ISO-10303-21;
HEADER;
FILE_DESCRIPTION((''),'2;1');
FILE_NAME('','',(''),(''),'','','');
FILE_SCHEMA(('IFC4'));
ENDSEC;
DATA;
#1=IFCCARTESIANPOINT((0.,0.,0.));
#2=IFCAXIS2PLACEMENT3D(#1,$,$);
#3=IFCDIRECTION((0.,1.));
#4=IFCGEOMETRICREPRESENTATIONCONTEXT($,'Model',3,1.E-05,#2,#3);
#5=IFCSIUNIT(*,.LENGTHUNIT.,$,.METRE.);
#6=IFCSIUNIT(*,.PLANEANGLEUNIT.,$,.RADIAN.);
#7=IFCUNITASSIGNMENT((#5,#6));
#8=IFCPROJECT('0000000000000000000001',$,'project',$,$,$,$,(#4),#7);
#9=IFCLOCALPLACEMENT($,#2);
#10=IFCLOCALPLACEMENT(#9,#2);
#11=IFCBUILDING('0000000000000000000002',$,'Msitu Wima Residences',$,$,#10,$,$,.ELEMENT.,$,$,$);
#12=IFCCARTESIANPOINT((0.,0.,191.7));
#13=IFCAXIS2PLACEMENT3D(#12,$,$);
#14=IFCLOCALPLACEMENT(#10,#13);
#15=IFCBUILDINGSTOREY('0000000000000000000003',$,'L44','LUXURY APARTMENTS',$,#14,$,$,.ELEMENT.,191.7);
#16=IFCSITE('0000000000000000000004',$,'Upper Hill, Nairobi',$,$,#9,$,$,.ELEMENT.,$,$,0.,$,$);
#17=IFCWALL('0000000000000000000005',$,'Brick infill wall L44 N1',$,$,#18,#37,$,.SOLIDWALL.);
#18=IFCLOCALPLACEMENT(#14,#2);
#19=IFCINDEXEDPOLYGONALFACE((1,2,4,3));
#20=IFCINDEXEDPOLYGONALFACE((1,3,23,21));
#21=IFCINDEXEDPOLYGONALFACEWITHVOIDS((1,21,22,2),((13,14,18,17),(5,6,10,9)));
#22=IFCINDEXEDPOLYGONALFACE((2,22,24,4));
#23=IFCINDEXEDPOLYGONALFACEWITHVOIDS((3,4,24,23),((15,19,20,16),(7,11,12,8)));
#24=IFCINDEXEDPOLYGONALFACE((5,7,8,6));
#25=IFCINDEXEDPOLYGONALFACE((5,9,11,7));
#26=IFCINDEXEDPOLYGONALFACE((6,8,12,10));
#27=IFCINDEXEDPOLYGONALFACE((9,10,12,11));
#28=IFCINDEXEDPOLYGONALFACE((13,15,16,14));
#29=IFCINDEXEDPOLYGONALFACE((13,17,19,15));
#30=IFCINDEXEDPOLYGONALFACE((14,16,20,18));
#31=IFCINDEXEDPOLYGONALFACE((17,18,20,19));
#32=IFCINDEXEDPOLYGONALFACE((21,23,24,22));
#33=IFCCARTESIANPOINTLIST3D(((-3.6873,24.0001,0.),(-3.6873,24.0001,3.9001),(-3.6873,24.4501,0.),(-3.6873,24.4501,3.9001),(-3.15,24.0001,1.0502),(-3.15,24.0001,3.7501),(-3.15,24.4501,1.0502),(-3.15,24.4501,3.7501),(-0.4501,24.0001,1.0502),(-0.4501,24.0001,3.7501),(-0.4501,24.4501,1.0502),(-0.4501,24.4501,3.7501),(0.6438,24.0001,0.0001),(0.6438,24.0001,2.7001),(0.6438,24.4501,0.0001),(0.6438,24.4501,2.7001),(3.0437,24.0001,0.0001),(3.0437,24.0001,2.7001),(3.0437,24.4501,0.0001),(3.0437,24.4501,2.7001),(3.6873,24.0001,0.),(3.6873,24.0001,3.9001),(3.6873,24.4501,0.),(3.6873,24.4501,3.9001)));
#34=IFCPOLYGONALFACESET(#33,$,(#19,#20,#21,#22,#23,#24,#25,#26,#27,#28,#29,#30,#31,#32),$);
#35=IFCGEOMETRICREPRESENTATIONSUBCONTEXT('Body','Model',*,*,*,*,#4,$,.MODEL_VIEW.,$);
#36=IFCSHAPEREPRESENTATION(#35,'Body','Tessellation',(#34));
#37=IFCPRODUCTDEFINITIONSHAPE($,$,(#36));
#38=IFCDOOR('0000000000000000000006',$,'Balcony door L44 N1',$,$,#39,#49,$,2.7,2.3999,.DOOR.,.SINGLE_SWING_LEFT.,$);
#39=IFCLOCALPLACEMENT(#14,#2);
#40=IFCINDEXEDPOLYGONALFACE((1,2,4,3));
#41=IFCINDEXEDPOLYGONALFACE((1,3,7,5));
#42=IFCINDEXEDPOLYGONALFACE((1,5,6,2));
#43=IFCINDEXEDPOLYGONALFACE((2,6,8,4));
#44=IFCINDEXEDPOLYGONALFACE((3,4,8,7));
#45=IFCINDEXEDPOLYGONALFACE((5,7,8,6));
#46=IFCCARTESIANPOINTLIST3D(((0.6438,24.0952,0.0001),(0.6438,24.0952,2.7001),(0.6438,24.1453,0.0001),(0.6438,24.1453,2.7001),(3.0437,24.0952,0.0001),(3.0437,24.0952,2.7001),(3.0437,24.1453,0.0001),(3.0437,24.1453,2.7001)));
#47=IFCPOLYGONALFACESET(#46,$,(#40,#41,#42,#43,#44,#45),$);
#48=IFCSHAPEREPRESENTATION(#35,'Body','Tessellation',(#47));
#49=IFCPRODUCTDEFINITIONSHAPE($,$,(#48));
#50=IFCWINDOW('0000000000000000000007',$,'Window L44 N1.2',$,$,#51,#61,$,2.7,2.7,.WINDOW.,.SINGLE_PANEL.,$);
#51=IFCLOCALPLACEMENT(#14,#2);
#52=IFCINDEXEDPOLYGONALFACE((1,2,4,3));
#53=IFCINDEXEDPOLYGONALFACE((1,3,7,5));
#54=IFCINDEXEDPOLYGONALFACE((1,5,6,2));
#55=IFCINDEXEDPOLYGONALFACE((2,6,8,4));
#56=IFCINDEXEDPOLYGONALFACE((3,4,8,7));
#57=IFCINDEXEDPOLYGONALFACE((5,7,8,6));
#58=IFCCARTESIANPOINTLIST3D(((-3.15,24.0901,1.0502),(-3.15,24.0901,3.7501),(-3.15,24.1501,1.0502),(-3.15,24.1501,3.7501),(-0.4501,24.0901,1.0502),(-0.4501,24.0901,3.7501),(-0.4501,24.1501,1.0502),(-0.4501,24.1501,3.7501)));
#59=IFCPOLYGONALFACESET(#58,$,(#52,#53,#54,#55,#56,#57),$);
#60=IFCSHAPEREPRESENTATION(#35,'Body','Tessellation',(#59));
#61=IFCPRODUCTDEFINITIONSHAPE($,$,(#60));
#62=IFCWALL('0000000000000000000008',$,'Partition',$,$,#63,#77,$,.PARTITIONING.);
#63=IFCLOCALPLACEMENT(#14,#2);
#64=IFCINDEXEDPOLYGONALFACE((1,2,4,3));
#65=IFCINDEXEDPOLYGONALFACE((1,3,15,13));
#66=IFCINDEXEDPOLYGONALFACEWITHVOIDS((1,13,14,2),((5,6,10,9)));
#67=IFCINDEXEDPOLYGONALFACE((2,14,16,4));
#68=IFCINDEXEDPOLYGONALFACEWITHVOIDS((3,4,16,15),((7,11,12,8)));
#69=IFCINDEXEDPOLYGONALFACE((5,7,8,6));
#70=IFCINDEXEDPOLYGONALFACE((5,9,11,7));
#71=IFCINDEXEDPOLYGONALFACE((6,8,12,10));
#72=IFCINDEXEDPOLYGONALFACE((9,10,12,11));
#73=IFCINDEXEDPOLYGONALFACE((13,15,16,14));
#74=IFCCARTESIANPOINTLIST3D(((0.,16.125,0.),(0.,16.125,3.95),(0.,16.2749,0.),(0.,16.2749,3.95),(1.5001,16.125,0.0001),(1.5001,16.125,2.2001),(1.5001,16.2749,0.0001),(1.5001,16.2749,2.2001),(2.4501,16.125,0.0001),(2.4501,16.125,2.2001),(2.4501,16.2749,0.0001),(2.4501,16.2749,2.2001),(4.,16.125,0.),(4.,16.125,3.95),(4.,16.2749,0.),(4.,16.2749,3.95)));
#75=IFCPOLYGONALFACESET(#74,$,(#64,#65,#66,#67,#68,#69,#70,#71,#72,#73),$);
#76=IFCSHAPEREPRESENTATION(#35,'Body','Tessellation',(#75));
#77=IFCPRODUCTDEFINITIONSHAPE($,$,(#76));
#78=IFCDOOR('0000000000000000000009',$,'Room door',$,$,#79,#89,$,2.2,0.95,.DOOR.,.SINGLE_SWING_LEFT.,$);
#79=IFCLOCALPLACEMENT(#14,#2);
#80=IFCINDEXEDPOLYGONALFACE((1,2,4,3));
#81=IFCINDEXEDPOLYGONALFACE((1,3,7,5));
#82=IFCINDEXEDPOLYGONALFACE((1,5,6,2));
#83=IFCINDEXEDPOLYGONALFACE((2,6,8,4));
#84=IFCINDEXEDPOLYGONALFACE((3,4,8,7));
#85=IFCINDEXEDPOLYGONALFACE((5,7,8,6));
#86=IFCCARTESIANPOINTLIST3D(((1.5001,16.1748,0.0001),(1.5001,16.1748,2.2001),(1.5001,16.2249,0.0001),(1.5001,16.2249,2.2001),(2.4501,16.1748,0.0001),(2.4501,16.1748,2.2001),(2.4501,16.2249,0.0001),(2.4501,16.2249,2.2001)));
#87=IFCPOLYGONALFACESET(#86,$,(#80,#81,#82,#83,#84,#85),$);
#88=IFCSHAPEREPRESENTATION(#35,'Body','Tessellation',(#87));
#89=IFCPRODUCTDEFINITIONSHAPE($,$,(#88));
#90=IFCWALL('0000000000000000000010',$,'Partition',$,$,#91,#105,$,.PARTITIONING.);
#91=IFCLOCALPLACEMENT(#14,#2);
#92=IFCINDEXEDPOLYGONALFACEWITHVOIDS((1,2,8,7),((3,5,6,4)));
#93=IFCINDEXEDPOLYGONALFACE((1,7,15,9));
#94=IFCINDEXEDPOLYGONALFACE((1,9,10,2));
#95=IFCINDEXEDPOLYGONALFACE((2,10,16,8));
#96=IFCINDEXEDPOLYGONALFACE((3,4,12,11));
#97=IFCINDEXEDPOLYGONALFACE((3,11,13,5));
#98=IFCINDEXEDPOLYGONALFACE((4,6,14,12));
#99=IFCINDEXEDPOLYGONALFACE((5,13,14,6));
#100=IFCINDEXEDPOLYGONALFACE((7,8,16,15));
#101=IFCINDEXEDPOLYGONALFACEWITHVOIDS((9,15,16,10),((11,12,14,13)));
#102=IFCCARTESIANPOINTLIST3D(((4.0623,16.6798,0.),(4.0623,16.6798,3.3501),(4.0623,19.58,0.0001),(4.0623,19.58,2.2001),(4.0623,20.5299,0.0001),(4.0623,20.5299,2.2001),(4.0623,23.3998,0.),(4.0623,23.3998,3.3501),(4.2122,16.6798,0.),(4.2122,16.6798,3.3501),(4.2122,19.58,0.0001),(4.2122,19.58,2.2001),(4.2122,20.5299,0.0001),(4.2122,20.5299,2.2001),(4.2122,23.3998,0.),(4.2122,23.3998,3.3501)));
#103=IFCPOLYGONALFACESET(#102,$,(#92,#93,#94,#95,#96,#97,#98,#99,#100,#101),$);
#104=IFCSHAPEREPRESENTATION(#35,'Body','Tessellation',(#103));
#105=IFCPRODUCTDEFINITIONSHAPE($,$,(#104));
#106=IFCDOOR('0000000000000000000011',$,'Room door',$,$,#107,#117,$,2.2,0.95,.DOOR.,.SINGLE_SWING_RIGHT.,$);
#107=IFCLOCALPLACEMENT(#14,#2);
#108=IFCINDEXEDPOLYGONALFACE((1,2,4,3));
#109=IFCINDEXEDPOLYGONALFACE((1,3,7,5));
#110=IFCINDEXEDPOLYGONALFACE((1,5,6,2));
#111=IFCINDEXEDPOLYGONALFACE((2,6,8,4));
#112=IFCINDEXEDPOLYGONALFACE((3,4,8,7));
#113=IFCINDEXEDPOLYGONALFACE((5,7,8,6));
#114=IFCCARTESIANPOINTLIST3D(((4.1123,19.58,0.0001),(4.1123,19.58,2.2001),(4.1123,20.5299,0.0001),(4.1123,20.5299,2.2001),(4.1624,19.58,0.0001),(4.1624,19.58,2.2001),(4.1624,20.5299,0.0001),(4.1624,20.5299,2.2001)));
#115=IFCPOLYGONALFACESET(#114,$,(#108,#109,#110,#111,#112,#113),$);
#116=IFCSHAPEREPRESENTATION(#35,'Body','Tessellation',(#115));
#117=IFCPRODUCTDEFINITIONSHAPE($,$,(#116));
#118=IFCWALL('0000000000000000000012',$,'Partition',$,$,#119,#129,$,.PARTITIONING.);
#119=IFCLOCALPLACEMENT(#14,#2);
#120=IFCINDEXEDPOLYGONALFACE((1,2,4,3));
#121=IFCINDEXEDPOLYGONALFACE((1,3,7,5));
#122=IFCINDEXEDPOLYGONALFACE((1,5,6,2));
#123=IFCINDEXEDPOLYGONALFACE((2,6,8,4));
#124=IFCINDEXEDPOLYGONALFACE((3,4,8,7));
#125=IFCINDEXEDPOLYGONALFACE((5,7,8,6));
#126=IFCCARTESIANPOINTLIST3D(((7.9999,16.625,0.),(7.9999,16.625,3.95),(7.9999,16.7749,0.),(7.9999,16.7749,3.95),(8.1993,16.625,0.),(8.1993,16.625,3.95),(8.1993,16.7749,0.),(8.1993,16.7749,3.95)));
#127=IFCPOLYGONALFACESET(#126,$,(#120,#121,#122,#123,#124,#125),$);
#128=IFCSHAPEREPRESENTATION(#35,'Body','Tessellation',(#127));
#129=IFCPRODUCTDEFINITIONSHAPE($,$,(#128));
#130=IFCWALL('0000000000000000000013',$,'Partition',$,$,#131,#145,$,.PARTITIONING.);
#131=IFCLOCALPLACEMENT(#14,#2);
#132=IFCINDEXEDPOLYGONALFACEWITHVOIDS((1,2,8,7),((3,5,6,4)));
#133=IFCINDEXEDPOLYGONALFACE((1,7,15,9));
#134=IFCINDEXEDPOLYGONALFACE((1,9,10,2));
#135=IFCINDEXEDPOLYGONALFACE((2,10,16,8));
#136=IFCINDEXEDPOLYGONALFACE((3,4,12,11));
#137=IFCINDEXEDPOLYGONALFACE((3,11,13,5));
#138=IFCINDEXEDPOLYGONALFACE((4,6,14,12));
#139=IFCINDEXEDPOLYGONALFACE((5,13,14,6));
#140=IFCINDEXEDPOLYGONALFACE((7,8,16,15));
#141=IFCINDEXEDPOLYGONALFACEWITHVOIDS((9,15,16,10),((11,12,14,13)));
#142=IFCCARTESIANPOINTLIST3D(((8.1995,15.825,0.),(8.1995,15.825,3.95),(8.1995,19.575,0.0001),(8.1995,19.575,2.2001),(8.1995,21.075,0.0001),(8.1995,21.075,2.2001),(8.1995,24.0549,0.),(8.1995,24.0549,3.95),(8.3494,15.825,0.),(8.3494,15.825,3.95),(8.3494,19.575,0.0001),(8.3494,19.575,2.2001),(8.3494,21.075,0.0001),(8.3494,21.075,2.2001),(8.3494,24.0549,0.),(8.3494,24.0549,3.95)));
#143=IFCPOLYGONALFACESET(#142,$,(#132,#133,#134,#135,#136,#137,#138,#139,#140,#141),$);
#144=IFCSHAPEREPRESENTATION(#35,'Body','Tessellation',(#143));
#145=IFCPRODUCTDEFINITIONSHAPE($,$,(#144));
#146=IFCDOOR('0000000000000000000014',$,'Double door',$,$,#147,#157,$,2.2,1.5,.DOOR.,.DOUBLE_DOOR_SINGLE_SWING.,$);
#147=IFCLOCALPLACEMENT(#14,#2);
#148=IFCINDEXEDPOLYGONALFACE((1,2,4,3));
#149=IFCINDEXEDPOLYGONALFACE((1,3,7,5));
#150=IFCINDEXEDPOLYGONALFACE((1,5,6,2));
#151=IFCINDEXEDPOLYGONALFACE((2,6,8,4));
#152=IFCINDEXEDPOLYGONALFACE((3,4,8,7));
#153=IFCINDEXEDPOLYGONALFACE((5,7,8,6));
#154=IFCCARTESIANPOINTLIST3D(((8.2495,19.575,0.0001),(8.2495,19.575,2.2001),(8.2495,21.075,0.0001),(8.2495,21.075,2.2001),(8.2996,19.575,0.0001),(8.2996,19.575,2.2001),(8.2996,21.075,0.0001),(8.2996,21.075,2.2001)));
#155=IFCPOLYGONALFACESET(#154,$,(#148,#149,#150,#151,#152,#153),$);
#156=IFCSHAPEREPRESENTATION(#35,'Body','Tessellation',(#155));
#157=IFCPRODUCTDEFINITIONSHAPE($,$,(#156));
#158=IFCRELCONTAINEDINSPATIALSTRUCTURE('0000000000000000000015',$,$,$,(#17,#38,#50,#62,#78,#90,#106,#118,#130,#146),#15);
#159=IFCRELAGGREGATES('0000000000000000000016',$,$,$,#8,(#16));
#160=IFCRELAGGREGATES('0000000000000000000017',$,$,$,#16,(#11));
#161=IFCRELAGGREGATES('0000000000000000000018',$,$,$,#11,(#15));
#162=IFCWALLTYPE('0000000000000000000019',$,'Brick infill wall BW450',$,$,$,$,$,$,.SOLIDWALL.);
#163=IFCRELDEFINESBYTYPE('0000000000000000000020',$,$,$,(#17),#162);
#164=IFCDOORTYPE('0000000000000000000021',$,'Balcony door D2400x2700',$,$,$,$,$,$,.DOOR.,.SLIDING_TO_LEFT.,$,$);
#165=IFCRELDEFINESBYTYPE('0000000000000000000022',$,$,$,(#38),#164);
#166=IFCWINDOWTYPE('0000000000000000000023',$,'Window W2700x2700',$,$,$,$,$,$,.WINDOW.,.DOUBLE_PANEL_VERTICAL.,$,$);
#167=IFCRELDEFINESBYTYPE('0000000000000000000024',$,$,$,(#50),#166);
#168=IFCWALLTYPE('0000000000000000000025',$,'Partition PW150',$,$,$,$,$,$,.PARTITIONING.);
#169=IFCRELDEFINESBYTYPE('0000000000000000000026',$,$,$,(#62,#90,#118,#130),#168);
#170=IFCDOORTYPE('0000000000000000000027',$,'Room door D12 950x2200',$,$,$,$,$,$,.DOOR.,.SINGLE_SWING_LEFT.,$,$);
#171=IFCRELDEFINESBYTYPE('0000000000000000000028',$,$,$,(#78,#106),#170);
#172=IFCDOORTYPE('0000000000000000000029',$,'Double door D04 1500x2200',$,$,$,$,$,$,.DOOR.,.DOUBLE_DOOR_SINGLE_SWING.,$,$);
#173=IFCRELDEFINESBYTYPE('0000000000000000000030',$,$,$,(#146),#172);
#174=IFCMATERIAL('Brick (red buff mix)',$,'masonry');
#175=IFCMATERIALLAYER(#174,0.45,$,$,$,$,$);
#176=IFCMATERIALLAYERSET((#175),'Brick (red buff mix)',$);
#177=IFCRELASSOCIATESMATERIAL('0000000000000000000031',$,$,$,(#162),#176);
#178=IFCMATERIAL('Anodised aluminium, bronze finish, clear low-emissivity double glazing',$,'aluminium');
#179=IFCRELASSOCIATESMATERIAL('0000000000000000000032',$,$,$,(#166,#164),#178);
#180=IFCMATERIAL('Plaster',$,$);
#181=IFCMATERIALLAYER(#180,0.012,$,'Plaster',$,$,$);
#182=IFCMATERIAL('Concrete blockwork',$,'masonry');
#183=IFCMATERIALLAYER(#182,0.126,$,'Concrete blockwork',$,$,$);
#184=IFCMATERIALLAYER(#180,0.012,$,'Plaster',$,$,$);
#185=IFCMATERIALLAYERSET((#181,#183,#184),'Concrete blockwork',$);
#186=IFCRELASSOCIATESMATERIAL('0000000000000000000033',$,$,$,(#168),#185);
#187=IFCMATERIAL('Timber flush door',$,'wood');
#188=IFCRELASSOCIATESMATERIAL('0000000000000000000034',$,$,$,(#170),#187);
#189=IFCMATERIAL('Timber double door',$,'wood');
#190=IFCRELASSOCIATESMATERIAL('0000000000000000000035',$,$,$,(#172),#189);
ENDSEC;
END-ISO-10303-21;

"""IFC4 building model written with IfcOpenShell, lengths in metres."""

from ifc_helpers import new_model, si_unit, direction, frame, frame_2d, origin, place, context, subcontext, project, spatial, rectangle, extrude, material, layer, layer_set, type_object, element, fill, save


model = new_model("IFC4")

# Units and contexts
model_context = context("Model", 3, precision=1e-05, world=origin(), true_north=direction((0.0, 1.0)))
body_context = subcontext(model_context, "Body", "Model", "MODEL_VIEW")
ifc_project = project(units=[si_unit("LENGTHUNIT", "METRE"), si_unit("PLANEANGLEUNIT", "RADIAN")], contexts=[model_context])

# Site, building, storey
site_placement = place(None, origin())
site = spatial("IfcSite", under=ifc_project, at=site_placement, Name="Upper Hill, Nairobi", CompositionType="ELEMENT", RefElevation=0.0)
building_placement = place(site_placement, origin())
building = spatial("IfcBuilding", under=site, at=building_placement, Name="Msitu Wima Residences", CompositionType="ELEMENT")
storey_placement = place(building_placement, frame((0.0, 0.0, 191.7)))
storey = spatial("IfcBuildingStorey", under=building, at=storey_placement, Name="L44", Description="LUXURY APARTMENTS", CompositionType="ELEMENT", Elevation=191.7)

# Shared definitions
ifc_material_1 = material(Name="Brick (red buff mix)", Category="masonry")
ifc_layer_1 = layer(ifc_material_1, 0.45)
ifc_layer_set_1 = layer_set([ifc_layer_1], Name="Brick (red buff mix)")
wall_type_1 = type_object("IfcWallType", Name="Brick infill wall BW450", PredefinedType="SOLIDWALL", material=ifc_layer_set_1)
ifc_material_2 = material(Name="Anodised aluminium, bronze finish, clear low-emissivity double glazing", Category="aluminium")
window_type = type_object("IfcWindowType", Name="Window W2700x2700", PartitioningType="DOUBLE_PANEL_VERTICAL", PredefinedType="WINDOW", material=ifc_material_2)

# Wall, openings, door, window
wall_1_placement = place(storey_placement, frame((3.6873, 24.2251, 0.0), z_axis=(0.0, 0.0, 1.0), x_axis=(-1.0, 0.0, 0.0)))
wall_1 = element("IfcWall", 1, at=wall_1_placement, inside=storey, type_object=wall_type_1, Name="Brick infill wall L44 N1", PredefinedType="SOLIDWALL", context=body_context, shape_type="SweptSolid", body=[
    extrude(rectangle(XDim=7.3745, YDim=0.45, at=frame_2d((3.6873, 0.0))), origin(), (0.0, 0.0, 1.0), 3.9001),
])
opening_1_placement = place(wall_1_placement, frame((0.6436, 0.0, 0.0)))
opening_1 = element("IfcOpeningElement", 2, at=opening_1_placement, cuts=wall_1, PredefinedType="OPENING", context=body_context, shape_type="SweptSolid", body=[
    extrude(rectangle(XDim=2.3999, YDim=2.7, at=frame_2d((1.2, 1.3501))), frame((0.0, 0.2349, 0.0), z_axis=(0.0, -1.0, 0.0), x_axis=(1.0, 0.0, 0.0)), (0.0, 0.0, 1.0), 0.47),
])
opening_2_placement = place(wall_1_placement, frame((4.1372, 0.0, 1.05)))
opening_2 = element("IfcOpeningElement", 3, at=opening_2_placement, cuts=wall_1, PredefinedType="OPENING", context=body_context, shape_type="SweptSolid", body=[
    extrude(rectangle(XDim=2.7, YDim=2.7, at=frame_2d((1.3501, 1.3501))), frame((0.0, 0.2349, 0.0), z_axis=(0.0, -1.0, 0.0), x_axis=(1.0, 0.0, 0.0)), (0.0, 0.0, 1.0), 0.47),
])
door_type_1 = type_object("IfcDoorType", Name="Balcony door D2400x2700", OperationType="SLIDING_TO_LEFT", PredefinedType="DOOR", material=ifc_material_2)
door_1_placement = place(opening_1_placement, origin())
door_1 = element("IfcDoor", 4, at=door_1_placement, inside=storey, type_object=door_type_1, Name="Balcony door L44 N1", OperationType="SINGLE_SWING_LEFT", OverallHeight=2.7, OverallWidth=2.3999, PredefinedType="DOOR", context=body_context, shape_type="SweptSolid", body=[
    extrude(rectangle(XDim=2.3999, YDim=2.7, at=frame_2d((1.2, 1.3501))), frame((0.0, 0.1299, 0.0), z_axis=(0.0, -1.0, 0.0), x_axis=(1.0, 0.0, 0.0)), (0.0, 0.0, 1.0), 0.05),
])
fill(opening_1, door_1)
window_1_placement = place(opening_2_placement, origin())
window_1 = element("IfcWindow", 5, at=window_1_placement, inside=storey, type_object=window_type, Name="Window L44 N1.2", OverallHeight=2.7, OverallWidth=2.7, PartitioningType="SINGLE_PANEL", PredefinedType="WINDOW", context=body_context, shape_type="SweptSolid", body=[
    extrude(rectangle(XDim=2.7, YDim=2.7, at=frame_2d((1.3501, 1.3501))), frame((0.0, 0.135, 0.0), z_axis=(0.0, -1.0, 0.0), x_axis=(1.0, 0.0, 0.0)), (0.0, 0.0, 1.0), 0.0601),
])
fill(opening_2, window_1)

# Walls, openings, doors
ifc_material_3 = material(Name="Plaster")
ifc_layer_2 = layer(ifc_material_3, 0.012, Name="Plaster")
ifc_material_4 = material(Name="Concrete blockwork", Category="masonry")
ifc_layer_3 = layer(ifc_material_4, 0.126, Name="Concrete blockwork")
ifc_layer_4 = layer(ifc_material_3, 0.012, Name="Plaster")
ifc_layer_set_2 = layer_set([ifc_layer_2, ifc_layer_3, ifc_layer_4], Name="Concrete blockwork")
wall_type_2 = type_object("IfcWallType", Name="Partition PW150", PredefinedType="PARTITIONING", material=ifc_layer_set_2)
wall_2_placement = place(storey_placement, frame((0.0, 16.2, 0.0), z_axis=(0.0, 0.0, 1.0), x_axis=(1.0, 0.0, 0.0)))
wall_2 = element("IfcWall", 6, at=wall_2_placement, inside=storey, type_object=wall_type_2, Name="Partition", PredefinedType="PARTITIONING", context=body_context, shape_type="SweptSolid", body=[
    extrude(rectangle(XDim=4.0, YDim=0.1499, at=frame_2d((2.0, 0.0))), origin(), (0.0, 0.0, 1.0), 3.95),
])
opening_3_placement = place(wall_2_placement, frame((1.5, 0.0, 0.0)))
opening_3 = element("IfcOpeningElement", 7, at=opening_3_placement, cuts=wall_2, PredefinedType="OPENING", context=body_context, shape_type="SweptSolid", body=[
    extrude(rectangle(XDim=0.95, YDim=2.2, at=frame_2d((0.4751, 1.1001))), frame((0.0, 0.085, 0.0), z_axis=(0.0, -1.0, 0.0), x_axis=(1.0, 0.0, 0.0)), (0.0, 0.0, 1.0), 0.1699),
])
ifc_material_5 = material(Name="Timber flush door", Category="wood")
door_type_2 = type_object("IfcDoorType", Name="Room door D12 950x2200", OperationType="SINGLE_SWING_LEFT", PredefinedType="DOOR", material=ifc_material_5)
door_2_placement = place(opening_3_placement, origin())
door_2 = element("IfcDoor", 8, at=door_2_placement, inside=storey, type_object=door_type_2, Name="Room door", OperationType="SINGLE_SWING_LEFT", OverallHeight=2.2, OverallWidth=0.95, PredefinedType="DOOR", context=body_context, shape_type="SweptSolid", body=[
    extrude(rectangle(XDim=0.95, YDim=2.2, at=frame_2d((0.4751, 1.1001))), frame((0.0, 0.0249, 0.0), z_axis=(0.0, -1.0, 0.0), x_axis=(1.0, 0.0, 0.0)), (0.0, 0.0, 1.0), 0.05),
])
fill(opening_3, door_2)
wall_3_placement = place(storey_placement, frame((4.1372, 16.6799, 0.0), z_axis=(0.0, 0.0, 1.0), x_axis=(0.0, 1.0, 0.0)))
wall_3 = element("IfcWall", 9, at=wall_3_placement, inside=storey, type_object=wall_type_2, Name="Partition", PredefinedType="PARTITIONING", context=body_context, shape_type="SweptSolid", body=[
    extrude(rectangle(XDim=6.72, YDim=0.1499, at=frame_2d((3.3599, 0.0))), origin(), (0.0, 0.0, 1.0), 3.3501),
])
opening_4_placement = place(wall_3_placement, frame((2.8999, 0.0, 0.0)))
opening_4 = element("IfcOpeningElement", 10, at=opening_4_placement, cuts=wall_3, PredefinedType="OPENING", context=body_context, shape_type="SweptSolid", body=[
    extrude(rectangle(XDim=0.95, YDim=2.2, at=frame_2d((0.4751, 1.1001))), frame((0.0, 0.085, 0.0), z_axis=(0.0, -1.0, 0.0), x_axis=(1.0, 0.0, 0.0)), (0.0, 0.0, 1.0), 0.1699),
])
door_3_placement = place(opening_4_placement, origin())
door_3 = element("IfcDoor", 11, at=door_3_placement, inside=storey, type_object=door_type_2, Name="Room door", OperationType="SINGLE_SWING_RIGHT", OverallHeight=2.2, OverallWidth=0.95, PredefinedType="DOOR", context=body_context, shape_type="SweptSolid", body=[
    extrude(rectangle(XDim=0.95, YDim=2.2, at=frame_2d((0.4751, 1.1001))), frame((0.0, 0.0249, 0.0), z_axis=(0.0, -1.0, 0.0), x_axis=(1.0, 0.0, 0.0)), (0.0, 0.0, 1.0), 0.05),
])
fill(opening_4, door_3)

# Wall
wall_4_placement = place(storey_placement, frame((8.0, 16.7, 0.0), z_axis=(0.0, 0.0, 1.0), x_axis=(1.0, 0.0, 0.0)))
element("IfcWall", 12, at=wall_4_placement, inside=storey, type_object=wall_type_2, Name="Partition", PredefinedType="PARTITIONING", context=body_context, shape_type="SweptSolid", body=[
    extrude(rectangle(XDim=0.1995, YDim=0.1499, at=frame_2d((0.0996, 0.0))), origin(), (0.0, 0.0, 1.0), 3.95),
])

# Wall, opening, door
wall_5_placement = place(storey_placement, frame((8.2744, 15.825, 0.0), z_axis=(0.0, 0.0, 1.0), x_axis=(0.0, 1.0, 0.0)))
wall_5 = element("IfcWall", 13, at=wall_5_placement, inside=storey, type_object=wall_type_2, Name="Partition", PredefinedType="PARTITIONING", context=body_context, shape_type="SweptSolid", body=[
    extrude(rectangle(XDim=8.23, YDim=0.1499, at=frame_2d((4.115, 0.0))), origin(), (0.0, 0.0, 1.0), 3.95),
])
opening_5_placement = place(wall_5_placement, frame((3.75, 0.0, 0.0)))
opening_5 = element("IfcOpeningElement", 14, at=opening_5_placement, cuts=wall_5, PredefinedType="OPENING", context=body_context, shape_type="SweptSolid", body=[
    extrude(rectangle(XDim=1.5, YDim=2.2, at=frame_2d((0.75, 1.1001))), frame((0.0, 0.085, 0.0), z_axis=(0.0, -1.0, 0.0), x_axis=(1.0, 0.0, 0.0)), (0.0, 0.0, 1.0), 0.1699),
])
ifc_material_6 = material(Name="Timber double door", Category="wood")
door_type_3 = type_object("IfcDoorType", Name="Double door D04 1500x2200", OperationType="DOUBLE_DOOR_SINGLE_SWING", PredefinedType="DOOR", material=ifc_material_6)
door_4_placement = place(opening_5_placement, origin())
door_4 = element("IfcDoor", 15, at=door_4_placement, inside=storey, type_object=door_type_3, Name="Double door", OperationType="DOUBLE_DOOR_SINGLE_SWING", OverallHeight=2.2, OverallWidth=1.5, PredefinedType="DOOR", context=body_context, shape_type="SweptSolid", body=[
    extrude(rectangle(XDim=1.5, YDim=2.2, at=frame_2d((0.75, 1.1001))), frame((0.0, 0.0249, 0.0), z_axis=(0.0, -1.0, 0.0), x_axis=(1.0, 0.0, 0.0)), (0.0, 0.0, 1.0), 0.05),
])
fill(opening_5, door_4)

save(model, "model.ifc")
